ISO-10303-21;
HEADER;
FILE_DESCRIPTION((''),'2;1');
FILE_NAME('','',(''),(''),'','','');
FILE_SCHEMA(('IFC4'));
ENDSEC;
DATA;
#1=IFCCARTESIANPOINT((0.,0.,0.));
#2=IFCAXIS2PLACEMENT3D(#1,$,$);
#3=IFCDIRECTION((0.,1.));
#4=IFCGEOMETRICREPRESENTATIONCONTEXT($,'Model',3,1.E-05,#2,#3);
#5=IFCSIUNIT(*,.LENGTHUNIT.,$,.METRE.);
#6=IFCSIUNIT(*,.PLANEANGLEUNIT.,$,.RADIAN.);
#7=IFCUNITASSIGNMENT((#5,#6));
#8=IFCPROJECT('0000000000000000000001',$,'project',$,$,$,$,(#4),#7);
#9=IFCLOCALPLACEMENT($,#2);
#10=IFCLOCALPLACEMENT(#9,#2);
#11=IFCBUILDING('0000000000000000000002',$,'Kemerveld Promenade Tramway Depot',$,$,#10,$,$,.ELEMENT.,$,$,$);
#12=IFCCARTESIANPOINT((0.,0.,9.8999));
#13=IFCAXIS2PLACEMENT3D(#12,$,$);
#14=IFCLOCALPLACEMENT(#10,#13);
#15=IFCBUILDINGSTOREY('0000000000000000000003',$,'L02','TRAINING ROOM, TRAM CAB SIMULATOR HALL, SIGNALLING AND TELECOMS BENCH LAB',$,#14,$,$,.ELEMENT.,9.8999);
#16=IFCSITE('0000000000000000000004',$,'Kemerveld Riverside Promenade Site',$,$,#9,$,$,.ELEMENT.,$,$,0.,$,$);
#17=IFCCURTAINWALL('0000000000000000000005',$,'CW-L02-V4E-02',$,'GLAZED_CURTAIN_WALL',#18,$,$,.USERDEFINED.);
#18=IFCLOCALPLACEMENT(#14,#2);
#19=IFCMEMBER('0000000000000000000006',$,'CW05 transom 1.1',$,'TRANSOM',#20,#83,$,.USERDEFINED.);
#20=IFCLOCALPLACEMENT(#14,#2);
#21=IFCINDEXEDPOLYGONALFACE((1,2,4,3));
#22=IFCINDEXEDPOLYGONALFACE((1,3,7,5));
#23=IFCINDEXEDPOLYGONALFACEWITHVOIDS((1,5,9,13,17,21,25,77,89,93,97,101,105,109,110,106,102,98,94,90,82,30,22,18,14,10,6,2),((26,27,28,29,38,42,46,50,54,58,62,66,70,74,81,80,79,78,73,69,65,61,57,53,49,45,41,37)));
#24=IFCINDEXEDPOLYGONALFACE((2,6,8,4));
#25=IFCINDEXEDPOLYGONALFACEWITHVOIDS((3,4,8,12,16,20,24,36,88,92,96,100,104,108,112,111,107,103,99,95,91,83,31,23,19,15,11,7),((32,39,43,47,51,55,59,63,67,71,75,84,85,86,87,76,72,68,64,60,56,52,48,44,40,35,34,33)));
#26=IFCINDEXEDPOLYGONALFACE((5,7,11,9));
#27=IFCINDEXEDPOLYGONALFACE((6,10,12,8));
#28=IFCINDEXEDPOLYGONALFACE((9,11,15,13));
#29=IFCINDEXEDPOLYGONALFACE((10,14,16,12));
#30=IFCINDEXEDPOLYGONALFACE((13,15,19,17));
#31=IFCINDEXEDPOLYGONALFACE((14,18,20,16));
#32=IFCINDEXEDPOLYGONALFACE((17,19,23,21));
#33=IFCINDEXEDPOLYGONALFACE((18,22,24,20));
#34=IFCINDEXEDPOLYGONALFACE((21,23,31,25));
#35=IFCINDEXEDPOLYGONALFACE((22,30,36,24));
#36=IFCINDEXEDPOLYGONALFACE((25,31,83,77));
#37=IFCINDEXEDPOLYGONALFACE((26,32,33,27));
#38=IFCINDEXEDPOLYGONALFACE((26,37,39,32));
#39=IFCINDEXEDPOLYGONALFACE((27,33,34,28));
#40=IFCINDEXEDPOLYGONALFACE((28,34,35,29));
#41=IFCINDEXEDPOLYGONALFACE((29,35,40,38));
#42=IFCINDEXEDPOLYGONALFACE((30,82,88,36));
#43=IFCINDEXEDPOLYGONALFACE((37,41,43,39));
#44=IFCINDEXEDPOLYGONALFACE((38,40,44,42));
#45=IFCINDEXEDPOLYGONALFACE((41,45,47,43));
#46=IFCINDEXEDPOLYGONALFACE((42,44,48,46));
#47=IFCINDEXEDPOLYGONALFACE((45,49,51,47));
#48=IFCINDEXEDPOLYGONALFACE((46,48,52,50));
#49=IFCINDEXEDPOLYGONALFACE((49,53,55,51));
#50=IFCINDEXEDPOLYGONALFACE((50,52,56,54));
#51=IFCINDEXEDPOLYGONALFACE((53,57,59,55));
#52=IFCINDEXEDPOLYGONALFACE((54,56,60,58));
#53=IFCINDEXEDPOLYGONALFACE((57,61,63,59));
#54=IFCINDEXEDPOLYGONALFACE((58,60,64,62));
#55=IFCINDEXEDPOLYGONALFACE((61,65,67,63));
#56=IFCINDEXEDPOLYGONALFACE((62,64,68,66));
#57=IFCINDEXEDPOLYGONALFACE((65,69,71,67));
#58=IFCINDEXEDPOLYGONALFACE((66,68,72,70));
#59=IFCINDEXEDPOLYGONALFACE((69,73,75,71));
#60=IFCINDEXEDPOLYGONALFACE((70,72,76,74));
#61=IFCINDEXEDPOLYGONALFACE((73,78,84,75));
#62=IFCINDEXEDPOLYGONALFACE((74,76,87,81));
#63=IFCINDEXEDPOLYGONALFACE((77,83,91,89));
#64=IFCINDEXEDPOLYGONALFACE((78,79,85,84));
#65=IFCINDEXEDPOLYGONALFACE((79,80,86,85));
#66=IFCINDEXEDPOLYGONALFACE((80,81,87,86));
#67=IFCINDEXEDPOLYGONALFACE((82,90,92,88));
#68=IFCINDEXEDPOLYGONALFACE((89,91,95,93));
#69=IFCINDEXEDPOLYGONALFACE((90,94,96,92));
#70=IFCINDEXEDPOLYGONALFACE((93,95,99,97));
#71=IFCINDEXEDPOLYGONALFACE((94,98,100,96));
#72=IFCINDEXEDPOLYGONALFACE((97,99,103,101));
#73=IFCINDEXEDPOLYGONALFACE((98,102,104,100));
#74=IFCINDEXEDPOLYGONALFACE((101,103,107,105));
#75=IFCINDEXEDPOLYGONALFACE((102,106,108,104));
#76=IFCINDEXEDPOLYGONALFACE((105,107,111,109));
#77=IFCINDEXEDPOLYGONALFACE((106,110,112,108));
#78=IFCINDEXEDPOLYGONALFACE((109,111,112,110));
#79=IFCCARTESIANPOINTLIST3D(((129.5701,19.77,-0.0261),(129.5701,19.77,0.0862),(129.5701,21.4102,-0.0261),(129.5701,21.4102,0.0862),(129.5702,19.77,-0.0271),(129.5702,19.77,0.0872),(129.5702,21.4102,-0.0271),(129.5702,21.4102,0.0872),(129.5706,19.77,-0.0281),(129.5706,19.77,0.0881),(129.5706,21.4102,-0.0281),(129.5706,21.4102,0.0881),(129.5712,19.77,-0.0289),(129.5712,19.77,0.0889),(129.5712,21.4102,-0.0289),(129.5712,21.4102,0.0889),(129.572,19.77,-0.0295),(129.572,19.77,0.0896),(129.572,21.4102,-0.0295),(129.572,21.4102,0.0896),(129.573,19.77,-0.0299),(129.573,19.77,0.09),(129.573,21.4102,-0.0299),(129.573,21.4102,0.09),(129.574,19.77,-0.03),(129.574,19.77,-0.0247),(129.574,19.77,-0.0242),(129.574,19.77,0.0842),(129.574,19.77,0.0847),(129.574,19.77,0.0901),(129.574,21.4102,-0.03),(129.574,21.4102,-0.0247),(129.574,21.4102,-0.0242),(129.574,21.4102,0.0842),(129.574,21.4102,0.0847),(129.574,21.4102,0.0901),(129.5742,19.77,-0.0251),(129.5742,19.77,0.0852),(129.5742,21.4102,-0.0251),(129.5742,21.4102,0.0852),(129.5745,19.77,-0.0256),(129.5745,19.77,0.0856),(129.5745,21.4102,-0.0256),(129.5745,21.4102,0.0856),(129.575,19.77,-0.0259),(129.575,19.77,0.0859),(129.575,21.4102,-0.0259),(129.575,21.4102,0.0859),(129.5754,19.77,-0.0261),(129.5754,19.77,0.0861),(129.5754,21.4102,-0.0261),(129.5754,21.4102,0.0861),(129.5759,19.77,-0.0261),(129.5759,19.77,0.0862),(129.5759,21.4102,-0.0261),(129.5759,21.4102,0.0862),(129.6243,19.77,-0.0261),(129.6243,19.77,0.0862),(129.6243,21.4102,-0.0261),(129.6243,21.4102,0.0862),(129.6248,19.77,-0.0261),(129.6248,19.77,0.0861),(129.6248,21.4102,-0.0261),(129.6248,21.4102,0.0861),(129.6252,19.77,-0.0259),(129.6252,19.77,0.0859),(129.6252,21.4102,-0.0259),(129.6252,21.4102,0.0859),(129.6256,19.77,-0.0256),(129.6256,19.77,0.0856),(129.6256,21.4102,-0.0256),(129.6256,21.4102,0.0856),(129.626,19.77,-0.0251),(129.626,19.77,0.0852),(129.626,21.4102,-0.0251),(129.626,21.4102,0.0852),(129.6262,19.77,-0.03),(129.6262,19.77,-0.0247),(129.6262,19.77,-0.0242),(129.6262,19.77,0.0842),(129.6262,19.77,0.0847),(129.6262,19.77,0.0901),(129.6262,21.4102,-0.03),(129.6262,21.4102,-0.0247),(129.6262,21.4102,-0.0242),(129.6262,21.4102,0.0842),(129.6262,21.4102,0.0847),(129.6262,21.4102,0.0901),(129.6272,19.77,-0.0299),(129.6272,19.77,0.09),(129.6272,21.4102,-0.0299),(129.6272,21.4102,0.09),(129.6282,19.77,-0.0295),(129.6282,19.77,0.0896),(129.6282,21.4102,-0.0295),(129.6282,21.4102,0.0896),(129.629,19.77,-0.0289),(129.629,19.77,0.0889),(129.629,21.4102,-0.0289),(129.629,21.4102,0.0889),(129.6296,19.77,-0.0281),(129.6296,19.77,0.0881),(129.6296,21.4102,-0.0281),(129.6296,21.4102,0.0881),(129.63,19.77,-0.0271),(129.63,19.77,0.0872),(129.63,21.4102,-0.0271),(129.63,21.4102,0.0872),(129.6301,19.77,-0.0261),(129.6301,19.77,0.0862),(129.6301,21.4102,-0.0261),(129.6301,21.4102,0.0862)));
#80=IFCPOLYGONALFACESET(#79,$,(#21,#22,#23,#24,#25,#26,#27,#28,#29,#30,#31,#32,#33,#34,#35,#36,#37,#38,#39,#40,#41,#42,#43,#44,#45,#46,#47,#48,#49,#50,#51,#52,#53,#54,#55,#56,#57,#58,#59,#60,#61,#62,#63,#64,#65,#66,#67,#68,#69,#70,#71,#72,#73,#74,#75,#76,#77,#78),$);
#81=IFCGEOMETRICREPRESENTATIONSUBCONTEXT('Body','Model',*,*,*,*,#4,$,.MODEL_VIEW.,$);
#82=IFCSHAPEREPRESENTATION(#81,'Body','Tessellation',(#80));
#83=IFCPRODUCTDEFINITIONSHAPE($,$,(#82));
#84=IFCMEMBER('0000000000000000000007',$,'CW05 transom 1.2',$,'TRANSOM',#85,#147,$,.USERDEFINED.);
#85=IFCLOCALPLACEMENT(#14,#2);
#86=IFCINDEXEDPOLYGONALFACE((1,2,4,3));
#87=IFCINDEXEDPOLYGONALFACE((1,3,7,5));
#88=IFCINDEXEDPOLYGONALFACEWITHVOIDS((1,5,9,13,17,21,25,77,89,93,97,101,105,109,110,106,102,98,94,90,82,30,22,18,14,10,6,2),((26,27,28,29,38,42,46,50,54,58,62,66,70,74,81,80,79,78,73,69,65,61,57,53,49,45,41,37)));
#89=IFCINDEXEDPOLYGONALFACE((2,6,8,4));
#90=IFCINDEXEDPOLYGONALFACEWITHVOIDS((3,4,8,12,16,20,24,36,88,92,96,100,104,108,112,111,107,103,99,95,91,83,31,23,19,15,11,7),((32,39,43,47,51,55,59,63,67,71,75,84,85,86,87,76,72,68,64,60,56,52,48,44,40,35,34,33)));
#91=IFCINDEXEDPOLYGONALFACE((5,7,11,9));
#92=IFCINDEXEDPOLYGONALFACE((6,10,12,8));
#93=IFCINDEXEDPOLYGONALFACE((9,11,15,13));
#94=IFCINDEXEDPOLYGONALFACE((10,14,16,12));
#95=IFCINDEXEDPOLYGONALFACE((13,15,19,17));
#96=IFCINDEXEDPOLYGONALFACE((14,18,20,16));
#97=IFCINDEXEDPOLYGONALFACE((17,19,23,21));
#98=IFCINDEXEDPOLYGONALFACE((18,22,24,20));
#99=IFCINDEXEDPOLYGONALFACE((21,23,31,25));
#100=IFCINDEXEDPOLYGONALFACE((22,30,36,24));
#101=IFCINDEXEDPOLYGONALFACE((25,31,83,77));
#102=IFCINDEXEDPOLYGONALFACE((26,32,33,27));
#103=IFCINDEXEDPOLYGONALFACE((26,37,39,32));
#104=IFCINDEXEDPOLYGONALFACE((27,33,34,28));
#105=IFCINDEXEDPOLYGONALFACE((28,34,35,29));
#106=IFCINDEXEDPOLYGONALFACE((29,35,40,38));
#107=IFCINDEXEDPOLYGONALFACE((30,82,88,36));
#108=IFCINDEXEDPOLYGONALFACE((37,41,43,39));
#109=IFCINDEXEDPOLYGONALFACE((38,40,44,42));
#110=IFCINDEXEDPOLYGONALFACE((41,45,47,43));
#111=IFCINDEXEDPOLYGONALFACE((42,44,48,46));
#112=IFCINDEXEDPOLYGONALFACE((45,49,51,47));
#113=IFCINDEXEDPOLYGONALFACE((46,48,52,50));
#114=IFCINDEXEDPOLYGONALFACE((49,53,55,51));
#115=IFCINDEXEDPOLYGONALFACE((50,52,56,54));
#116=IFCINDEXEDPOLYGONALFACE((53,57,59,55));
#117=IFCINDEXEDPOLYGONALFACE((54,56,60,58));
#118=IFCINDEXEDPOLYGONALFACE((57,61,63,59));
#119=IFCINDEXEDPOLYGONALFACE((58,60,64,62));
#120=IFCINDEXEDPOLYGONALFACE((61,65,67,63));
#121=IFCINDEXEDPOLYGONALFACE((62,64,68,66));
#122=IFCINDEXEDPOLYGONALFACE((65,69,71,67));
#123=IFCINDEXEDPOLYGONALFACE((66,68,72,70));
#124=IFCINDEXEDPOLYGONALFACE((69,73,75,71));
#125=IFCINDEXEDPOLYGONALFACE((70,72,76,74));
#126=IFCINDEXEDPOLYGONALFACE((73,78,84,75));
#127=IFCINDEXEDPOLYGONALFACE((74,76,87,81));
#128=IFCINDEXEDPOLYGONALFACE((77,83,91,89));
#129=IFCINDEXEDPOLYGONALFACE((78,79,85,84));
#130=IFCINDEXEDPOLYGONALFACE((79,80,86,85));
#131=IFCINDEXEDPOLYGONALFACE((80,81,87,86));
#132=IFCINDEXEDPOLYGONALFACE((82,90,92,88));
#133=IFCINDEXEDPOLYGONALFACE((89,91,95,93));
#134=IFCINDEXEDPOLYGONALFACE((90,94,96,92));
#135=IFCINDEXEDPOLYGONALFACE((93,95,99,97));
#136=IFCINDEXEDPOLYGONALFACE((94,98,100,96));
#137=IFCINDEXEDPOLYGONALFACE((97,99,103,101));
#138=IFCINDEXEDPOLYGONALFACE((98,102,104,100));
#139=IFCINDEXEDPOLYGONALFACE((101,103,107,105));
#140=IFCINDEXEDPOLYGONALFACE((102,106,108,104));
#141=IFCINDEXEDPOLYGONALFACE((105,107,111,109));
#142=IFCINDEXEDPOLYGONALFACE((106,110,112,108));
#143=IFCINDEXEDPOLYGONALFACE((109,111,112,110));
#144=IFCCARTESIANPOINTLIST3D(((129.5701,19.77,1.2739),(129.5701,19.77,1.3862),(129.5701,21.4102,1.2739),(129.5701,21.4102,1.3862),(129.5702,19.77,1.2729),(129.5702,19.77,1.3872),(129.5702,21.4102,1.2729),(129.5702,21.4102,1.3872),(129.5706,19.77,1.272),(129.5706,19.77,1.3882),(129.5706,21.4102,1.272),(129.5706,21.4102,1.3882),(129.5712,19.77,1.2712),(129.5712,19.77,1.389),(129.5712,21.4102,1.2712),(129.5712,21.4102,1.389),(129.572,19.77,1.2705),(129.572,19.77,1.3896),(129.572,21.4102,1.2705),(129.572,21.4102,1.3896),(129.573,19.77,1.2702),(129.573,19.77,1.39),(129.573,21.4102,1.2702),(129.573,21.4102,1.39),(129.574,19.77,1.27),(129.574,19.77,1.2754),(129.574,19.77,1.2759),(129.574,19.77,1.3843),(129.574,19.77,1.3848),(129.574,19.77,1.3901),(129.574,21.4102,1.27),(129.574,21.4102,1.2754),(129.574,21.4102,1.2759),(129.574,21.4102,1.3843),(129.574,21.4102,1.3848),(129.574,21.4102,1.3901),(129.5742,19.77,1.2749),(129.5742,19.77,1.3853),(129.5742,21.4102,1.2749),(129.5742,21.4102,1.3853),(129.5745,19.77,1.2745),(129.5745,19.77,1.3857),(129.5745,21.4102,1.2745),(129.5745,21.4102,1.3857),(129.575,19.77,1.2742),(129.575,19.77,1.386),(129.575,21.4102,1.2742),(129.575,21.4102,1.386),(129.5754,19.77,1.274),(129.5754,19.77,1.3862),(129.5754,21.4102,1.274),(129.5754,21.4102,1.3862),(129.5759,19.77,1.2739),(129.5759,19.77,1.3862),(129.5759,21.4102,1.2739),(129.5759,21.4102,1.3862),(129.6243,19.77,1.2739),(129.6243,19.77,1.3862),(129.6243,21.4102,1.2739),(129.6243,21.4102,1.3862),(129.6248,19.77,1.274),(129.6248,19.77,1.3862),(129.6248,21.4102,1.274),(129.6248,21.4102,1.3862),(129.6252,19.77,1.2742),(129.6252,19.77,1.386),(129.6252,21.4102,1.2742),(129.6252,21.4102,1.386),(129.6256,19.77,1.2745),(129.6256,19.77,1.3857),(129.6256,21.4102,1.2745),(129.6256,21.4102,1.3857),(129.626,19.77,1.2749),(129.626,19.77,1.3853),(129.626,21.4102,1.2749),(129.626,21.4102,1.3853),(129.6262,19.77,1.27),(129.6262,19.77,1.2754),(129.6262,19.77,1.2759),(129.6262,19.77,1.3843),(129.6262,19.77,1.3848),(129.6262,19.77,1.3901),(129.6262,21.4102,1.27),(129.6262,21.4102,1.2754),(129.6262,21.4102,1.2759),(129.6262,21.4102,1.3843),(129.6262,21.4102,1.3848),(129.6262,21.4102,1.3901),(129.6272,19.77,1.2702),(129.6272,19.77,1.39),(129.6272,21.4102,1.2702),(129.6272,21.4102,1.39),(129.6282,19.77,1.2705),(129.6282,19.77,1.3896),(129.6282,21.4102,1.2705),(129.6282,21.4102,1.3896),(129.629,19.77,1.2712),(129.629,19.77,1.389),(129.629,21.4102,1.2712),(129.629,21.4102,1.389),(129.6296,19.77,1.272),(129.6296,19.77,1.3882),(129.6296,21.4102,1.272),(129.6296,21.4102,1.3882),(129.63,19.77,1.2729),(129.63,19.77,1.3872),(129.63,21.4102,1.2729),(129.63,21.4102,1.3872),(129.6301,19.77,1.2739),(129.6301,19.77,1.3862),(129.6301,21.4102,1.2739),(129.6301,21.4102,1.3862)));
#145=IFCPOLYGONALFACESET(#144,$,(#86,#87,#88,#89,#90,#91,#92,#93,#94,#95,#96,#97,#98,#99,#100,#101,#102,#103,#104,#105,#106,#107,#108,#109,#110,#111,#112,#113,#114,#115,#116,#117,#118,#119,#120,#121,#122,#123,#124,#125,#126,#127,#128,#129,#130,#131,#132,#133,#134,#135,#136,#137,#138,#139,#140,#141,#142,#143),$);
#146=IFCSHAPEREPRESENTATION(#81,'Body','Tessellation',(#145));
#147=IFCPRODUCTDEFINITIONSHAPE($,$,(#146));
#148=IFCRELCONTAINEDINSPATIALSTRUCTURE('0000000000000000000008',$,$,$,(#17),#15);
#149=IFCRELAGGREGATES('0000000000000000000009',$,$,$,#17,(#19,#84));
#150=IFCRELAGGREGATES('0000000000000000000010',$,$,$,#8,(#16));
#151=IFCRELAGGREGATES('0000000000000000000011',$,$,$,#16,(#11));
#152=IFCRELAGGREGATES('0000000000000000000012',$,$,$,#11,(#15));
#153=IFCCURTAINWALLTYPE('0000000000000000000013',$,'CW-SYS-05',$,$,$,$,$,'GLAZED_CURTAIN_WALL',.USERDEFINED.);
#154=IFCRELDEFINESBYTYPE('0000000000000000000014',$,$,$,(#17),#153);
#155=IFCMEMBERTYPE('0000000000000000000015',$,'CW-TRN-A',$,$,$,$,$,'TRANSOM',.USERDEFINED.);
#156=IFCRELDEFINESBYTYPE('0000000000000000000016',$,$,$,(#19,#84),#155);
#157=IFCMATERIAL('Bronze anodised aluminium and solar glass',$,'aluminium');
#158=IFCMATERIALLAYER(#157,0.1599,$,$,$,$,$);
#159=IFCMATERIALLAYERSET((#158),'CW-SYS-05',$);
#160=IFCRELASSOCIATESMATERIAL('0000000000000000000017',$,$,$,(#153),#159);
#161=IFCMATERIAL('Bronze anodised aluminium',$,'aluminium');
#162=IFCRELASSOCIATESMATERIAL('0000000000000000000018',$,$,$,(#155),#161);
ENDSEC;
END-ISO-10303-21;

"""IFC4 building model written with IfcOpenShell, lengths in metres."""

from ifc_helpers import new_model, si_unit, direction, frame, origin, origin_2d, place, context, subcontext, project, spatial, hollow_rectangle, extrude, material, layer, layer_set, material_profile, profile_set, type_object, element, aggregate, save


model = new_model("IFC4")

# Units and contexts
model_context = context("Model", 3, precision=1e-05, world=origin(), true_north=direction((0.0, 1.0)))
body_context = subcontext(model_context, "Body", "Model", "MODEL_VIEW")
ifc_project = project(units=[si_unit("LENGTHUNIT", "METRE"), si_unit("PLANEANGLEUNIT", "RADIAN")], contexts=[model_context])

# Site, building, storey
site_placement = place(None, origin())
site = spatial("IfcSite", under=ifc_project, at=site_placement, Name="Kemerveld Riverside Promenade Site", CompositionType="ELEMENT", RefElevation=0.0)
building_placement = place(site_placement, origin())
building = spatial("IfcBuilding", under=site, at=building_placement, Name="Kemerveld Promenade Tramway Depot", CompositionType="ELEMENT")
storey_placement = place(building_placement, frame((0.0, 0.0, 9.8999)))
storey = spatial("IfcBuildingStorey", under=building, at=storey_placement, Name="L02", Description="TRAINING ROOM, TRAM CAB SIMULATOR HALL, SIGNALLING AND TELECOMS BENCH LAB", CompositionType="ELEMENT", Elevation=9.8999)

# Shared definitions
ifc_material_1 = material(Name="Bronze anodised aluminium and solar glass", Category="aluminium")
ifc_material_2 = material(Name="Bronze anodised aluminium", Category="aluminium")

# Curtain wall, members
ifc_layer_1 = layer(ifc_material_1, 0.1599)
ifc_layer_set_1 = layer_set([ifc_layer_1], Name="CW-SYS-05")
curtain_wall_type_1 = type_object("IfcCurtainWallType", Name="CW-SYS-05", ElementType="GLAZED_CURTAIN_WALL", PredefinedType="USERDEFINED", material=ifc_layer_set_1)
curtain_wall_1_placement = place(storey_placement, origin())
curtain_wall_1 = element("IfcCurtainWall", 1, at=curtain_wall_1_placement, inside=storey, type_object=curtain_wall_type_1, Name="CW-L02-V4E-02", ObjectType="GLAZED_CURTAIN_WALL", PredefinedType="USERDEFINED")
ifc_material_profile_1 = material_profile(ifc_material_2, hollow_rectangle(XDim=0.0601, YDim=0.1201, WallThickness=0.0039, InnerFilletRadius=0.002, OuterFilletRadius=0.0039, at=origin_2d()), Name="CW-TRN-120x60")
ifc_profile_set_1 = profile_set([ifc_material_profile_1], Name="Bronze anodised aluminium")
member_type_1 = type_object("IfcMemberType", Name="CW-TRN-A", ElementType="TRANSOM", PredefinedType="USERDEFINED", material=ifc_profile_set_1)
member_1_placement = place(storey_placement, frame((129.6001, 21.4102, 0.03), z_axis=(0.0, -1.0, 0.0), x_axis=(1.0, 0.0, 0.0)))
member_1 = element("IfcMember", 2, at=member_1_placement, type_object=member_type_1, Name="CW05 transom 1.1", ObjectType="TRANSOM", PredefinedType="USERDEFINED", context=body_context, shape_type="SweptSolid", body=[
    extrude(hollow_rectangle(XDim=0.0601, YDim=0.1201, WallThickness=0.0039, InnerFilletRadius=0.002, OuterFilletRadius=0.0039, at=origin_2d()), origin(), (0.0, 0.0, 1.0), 1.6401),
])
member_2_placement = place(storey_placement, frame((129.6001, 21.4102, 1.3301), z_axis=(0.0, -1.0, 0.0), x_axis=(1.0, 0.0, 0.0)))
member_2 = element("IfcMember", 3, at=member_2_placement, type_object=member_type_1, Name="CW05 transom 1.2", ObjectType="TRANSOM", PredefinedType="USERDEFINED", context=body_context, shape_type="SweptSolid", body=[
    extrude(hollow_rectangle(XDim=0.0601, YDim=0.1201, WallThickness=0.0039, InnerFilletRadius=0.002, OuterFilletRadius=0.0039, at=origin_2d()), origin(), (0.0, 0.0, 1.0), 1.6401),
])

aggregate(curtain_wall_1, [member_1, member_2])

save(model, "model.ifc")
